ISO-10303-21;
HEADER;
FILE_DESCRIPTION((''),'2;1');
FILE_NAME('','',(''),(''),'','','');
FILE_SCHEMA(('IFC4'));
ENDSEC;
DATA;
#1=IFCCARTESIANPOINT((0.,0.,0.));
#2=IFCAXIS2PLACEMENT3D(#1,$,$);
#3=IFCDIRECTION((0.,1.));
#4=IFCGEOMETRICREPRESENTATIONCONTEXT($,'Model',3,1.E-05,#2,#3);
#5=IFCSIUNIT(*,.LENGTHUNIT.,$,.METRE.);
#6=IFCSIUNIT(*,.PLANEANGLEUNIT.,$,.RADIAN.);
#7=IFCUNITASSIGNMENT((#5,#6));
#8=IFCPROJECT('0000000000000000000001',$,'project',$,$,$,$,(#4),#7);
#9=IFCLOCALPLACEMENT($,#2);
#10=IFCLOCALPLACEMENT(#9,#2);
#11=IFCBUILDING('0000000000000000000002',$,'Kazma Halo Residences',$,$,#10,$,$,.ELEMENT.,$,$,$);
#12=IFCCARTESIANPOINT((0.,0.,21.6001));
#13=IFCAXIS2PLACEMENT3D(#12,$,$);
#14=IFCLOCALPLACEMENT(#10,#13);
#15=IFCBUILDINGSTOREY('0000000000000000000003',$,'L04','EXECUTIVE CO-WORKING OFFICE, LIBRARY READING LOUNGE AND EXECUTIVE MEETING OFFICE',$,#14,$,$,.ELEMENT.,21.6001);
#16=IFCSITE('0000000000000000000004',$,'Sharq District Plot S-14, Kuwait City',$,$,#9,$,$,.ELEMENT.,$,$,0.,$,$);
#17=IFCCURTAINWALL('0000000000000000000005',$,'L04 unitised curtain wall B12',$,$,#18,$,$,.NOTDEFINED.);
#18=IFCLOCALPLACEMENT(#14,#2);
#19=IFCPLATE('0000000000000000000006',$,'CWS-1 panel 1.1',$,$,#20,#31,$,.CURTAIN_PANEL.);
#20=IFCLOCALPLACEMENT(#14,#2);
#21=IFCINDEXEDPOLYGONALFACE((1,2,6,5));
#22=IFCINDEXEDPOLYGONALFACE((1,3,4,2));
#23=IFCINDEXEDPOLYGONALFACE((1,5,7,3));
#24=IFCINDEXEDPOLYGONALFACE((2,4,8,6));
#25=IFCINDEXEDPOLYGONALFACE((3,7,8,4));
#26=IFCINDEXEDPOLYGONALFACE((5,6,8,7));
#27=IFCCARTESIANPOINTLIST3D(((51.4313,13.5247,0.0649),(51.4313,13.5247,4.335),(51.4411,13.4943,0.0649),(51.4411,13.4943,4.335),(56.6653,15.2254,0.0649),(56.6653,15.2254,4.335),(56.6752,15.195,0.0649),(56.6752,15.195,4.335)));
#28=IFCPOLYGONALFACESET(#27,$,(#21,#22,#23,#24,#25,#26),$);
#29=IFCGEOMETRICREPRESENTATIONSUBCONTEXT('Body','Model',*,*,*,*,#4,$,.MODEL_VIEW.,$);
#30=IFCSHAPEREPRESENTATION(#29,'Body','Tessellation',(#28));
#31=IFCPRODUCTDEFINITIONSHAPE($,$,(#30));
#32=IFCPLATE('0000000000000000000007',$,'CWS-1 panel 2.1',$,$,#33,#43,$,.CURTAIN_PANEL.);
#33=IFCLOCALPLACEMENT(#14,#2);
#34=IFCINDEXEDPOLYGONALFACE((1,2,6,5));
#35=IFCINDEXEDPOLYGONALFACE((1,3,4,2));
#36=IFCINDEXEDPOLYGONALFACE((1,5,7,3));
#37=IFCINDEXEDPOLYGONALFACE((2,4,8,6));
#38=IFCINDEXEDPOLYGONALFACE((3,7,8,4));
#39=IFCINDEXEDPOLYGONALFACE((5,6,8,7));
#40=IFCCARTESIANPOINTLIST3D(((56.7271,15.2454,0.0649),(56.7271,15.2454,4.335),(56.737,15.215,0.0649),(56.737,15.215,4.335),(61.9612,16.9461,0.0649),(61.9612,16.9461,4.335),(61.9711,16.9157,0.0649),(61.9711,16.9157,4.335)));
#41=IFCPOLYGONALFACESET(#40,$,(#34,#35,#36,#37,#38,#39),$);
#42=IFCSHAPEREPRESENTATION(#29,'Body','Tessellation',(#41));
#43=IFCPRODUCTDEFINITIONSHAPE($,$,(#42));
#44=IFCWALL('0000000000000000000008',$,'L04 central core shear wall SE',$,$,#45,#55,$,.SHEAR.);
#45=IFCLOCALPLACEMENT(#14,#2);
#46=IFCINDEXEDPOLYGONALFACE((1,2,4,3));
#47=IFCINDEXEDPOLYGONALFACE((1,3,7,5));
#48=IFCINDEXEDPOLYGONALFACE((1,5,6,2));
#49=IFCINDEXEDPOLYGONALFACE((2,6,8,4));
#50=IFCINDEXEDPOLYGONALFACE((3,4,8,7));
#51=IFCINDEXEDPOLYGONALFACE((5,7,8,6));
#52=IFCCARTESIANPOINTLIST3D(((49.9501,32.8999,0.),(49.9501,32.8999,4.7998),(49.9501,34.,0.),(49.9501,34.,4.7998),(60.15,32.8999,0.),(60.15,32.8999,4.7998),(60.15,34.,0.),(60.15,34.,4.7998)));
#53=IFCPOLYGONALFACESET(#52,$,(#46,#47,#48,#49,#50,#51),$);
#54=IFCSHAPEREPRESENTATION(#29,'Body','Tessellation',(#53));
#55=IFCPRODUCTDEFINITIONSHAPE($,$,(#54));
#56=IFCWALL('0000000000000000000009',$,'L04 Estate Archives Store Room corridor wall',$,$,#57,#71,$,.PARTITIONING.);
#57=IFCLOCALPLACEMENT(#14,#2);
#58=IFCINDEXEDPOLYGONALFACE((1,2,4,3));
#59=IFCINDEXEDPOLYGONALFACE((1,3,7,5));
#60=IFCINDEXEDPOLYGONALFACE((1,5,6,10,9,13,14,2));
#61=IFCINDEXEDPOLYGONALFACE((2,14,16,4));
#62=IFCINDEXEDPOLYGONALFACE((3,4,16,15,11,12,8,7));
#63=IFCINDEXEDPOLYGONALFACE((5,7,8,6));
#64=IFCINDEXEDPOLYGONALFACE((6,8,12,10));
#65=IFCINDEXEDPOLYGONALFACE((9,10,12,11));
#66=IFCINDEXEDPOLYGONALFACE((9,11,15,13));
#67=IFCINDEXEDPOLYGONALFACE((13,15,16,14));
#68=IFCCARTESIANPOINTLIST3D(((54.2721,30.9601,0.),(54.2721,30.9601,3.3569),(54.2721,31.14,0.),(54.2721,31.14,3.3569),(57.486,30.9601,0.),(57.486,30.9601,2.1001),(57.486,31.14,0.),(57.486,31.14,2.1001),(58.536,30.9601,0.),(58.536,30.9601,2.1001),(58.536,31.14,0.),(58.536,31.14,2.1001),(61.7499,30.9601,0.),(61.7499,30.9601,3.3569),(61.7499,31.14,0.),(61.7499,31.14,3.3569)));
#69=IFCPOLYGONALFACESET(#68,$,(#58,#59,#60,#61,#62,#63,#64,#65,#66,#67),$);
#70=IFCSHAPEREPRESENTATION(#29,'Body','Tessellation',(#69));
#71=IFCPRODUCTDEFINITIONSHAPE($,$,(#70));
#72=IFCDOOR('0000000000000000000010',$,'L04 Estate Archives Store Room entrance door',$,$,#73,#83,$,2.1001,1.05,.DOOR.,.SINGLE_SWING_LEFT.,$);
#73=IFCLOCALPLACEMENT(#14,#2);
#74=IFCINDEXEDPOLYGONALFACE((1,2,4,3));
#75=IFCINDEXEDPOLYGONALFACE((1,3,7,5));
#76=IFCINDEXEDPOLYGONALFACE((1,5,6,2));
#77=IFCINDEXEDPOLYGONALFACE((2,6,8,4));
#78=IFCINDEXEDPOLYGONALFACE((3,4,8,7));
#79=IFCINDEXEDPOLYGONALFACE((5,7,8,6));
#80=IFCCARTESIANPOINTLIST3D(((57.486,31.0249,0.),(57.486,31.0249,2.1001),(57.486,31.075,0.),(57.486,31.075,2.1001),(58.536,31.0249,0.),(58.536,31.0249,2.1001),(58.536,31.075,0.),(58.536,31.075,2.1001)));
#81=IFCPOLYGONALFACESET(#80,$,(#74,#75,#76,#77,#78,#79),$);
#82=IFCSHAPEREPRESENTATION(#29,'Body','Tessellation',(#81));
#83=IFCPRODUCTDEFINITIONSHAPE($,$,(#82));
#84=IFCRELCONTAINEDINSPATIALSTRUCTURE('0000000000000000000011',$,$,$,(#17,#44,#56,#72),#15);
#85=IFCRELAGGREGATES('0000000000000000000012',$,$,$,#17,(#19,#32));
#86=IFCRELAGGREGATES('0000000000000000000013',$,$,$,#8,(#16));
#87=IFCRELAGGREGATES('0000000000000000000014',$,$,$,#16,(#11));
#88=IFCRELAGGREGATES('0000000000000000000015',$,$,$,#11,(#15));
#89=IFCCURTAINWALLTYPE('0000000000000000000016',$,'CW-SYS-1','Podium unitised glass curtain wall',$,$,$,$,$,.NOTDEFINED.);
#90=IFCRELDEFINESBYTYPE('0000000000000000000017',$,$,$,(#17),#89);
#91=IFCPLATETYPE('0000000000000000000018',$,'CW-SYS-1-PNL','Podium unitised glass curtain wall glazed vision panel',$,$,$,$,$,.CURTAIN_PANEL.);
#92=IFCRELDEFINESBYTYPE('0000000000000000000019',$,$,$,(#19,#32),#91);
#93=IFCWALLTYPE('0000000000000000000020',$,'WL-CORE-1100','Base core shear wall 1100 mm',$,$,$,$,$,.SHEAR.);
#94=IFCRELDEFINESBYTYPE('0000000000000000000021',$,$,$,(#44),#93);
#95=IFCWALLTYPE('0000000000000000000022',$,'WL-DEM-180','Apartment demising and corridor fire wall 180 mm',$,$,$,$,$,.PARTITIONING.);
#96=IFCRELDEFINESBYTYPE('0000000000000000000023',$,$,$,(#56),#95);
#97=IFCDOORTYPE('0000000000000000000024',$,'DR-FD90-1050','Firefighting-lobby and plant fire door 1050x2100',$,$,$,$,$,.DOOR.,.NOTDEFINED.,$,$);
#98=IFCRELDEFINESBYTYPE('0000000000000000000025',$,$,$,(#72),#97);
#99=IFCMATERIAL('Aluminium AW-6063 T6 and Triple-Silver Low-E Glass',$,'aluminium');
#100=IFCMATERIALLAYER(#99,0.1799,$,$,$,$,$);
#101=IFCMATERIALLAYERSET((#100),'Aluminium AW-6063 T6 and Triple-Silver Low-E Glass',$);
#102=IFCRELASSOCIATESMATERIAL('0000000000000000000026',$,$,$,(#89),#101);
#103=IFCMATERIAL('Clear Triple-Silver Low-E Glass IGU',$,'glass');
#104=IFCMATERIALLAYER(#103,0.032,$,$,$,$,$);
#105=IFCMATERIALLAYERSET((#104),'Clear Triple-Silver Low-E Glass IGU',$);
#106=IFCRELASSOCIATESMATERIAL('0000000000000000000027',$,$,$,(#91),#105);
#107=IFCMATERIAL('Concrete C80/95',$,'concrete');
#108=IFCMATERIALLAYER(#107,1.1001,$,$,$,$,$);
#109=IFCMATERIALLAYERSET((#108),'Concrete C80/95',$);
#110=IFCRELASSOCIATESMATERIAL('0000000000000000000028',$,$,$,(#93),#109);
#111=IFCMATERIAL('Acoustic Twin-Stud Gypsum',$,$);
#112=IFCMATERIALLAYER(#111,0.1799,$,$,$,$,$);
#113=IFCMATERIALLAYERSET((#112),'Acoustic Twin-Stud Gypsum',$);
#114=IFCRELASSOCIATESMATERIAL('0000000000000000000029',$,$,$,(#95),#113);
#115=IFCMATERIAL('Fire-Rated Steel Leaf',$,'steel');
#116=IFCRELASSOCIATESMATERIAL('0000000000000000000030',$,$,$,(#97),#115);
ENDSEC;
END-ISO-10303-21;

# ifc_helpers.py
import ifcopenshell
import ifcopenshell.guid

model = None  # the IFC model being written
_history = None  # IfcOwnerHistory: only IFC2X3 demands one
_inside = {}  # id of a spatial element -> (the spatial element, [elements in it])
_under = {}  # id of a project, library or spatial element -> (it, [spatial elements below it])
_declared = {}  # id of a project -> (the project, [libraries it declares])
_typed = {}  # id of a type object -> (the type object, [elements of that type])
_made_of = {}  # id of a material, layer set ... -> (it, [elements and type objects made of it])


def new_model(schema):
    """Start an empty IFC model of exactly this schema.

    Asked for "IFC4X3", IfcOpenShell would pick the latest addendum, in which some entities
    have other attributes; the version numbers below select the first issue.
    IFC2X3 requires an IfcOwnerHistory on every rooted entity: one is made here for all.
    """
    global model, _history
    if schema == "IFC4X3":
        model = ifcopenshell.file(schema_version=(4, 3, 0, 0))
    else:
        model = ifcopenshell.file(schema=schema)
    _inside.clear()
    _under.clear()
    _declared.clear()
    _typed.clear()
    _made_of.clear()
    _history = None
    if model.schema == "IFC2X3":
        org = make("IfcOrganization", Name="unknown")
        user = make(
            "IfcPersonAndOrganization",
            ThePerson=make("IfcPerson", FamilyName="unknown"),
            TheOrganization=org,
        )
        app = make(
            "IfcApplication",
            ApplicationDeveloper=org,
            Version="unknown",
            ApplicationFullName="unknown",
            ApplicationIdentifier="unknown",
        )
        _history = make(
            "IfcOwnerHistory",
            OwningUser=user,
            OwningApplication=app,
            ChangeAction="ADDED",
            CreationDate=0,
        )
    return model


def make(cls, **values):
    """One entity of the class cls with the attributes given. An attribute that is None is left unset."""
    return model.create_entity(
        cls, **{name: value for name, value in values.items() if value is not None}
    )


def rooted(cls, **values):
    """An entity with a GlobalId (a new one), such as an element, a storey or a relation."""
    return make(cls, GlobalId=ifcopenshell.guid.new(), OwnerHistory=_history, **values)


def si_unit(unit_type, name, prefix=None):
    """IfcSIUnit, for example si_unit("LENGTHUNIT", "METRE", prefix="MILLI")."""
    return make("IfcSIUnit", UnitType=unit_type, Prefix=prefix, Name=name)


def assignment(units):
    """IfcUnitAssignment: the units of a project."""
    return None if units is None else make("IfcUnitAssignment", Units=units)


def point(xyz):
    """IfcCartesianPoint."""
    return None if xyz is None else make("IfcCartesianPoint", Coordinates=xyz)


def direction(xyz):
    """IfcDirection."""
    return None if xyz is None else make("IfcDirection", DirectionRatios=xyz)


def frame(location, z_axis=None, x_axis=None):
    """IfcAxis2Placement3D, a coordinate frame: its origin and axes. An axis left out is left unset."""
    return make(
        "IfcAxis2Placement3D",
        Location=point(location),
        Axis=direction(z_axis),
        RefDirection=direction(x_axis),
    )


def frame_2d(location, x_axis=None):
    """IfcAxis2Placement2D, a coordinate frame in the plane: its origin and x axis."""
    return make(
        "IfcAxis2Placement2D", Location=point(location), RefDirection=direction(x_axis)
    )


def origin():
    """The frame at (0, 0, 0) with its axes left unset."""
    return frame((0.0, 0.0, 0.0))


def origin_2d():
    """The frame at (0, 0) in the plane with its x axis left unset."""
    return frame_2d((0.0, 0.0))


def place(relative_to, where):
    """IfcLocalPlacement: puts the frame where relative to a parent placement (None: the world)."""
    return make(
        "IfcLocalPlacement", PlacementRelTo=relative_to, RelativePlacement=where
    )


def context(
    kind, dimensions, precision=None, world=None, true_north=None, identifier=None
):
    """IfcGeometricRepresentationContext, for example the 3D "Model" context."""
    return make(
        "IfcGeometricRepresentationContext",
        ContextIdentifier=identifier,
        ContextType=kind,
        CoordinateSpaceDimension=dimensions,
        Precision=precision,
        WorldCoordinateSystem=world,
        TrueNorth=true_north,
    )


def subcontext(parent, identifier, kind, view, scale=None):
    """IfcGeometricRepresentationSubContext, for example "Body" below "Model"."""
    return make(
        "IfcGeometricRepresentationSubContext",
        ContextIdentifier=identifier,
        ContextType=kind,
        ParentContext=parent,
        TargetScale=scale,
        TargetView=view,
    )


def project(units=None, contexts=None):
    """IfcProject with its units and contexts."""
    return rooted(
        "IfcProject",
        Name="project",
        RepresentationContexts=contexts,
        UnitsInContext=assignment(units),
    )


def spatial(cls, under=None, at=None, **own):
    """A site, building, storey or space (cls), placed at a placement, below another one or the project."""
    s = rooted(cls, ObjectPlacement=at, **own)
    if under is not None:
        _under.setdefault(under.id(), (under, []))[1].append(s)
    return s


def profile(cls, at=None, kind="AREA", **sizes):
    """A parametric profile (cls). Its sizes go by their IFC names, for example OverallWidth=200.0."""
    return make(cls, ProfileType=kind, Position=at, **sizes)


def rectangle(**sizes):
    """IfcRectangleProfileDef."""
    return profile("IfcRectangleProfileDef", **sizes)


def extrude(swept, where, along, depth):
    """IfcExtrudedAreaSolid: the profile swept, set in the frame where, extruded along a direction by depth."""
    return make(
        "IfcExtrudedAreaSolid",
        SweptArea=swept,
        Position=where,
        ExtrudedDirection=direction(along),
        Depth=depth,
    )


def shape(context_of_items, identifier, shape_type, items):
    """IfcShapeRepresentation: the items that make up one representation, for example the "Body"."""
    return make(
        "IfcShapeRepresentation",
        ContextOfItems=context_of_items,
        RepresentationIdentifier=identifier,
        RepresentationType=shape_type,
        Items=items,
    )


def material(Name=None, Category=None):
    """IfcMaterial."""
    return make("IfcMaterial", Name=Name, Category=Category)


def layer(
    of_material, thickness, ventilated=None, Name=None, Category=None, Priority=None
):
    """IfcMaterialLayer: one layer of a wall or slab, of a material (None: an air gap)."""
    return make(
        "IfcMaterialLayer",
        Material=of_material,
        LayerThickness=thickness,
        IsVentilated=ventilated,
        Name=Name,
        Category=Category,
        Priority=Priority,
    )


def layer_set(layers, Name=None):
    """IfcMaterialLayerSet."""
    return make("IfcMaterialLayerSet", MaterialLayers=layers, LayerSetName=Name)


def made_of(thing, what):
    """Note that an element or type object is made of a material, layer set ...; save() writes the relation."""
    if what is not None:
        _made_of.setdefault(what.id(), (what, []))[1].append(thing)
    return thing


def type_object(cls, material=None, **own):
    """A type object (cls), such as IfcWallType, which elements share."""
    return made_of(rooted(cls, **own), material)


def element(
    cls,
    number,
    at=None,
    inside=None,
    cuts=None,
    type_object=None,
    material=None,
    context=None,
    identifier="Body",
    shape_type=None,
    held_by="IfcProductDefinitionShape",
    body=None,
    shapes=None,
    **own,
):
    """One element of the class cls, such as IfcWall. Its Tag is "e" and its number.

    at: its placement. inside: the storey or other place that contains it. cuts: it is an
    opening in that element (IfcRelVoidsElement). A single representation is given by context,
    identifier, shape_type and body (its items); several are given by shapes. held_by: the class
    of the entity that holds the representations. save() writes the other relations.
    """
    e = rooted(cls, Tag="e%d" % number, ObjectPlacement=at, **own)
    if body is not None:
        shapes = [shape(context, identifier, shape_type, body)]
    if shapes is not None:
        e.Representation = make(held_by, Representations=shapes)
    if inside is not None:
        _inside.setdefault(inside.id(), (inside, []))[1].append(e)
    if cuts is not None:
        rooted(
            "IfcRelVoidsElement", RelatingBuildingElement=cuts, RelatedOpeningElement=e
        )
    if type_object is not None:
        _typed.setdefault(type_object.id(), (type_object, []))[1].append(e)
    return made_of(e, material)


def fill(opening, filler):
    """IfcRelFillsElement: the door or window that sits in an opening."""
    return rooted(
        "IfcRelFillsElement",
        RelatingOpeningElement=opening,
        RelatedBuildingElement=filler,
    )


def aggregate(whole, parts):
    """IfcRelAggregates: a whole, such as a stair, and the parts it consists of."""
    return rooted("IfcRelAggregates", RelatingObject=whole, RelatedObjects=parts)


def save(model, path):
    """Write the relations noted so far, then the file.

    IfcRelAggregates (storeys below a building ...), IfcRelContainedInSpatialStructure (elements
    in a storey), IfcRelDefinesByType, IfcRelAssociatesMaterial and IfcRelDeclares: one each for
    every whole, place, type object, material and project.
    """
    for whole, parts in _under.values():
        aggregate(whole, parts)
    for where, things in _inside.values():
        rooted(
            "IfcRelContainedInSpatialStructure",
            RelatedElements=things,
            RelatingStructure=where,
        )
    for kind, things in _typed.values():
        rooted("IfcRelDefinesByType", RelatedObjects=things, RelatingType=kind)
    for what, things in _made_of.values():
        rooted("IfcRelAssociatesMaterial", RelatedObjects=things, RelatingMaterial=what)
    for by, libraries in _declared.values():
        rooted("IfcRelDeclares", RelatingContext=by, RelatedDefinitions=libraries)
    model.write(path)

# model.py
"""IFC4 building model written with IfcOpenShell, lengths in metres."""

from ifc_helpers import new_model, si_unit, direction, frame, frame_2d, origin, origin_2d, place, context, subcontext, project, spatial, rectangle, extrude, material, layer, layer_set, type_object, element, fill, aggregate, save


model = new_model("IFC4")

# Units and contexts
model_context = context("Model", 3, precision=1e-05, world=origin(), true_north=direction((0.0, 1.0)))
body_context = subcontext(model_context, "Body", "Model", "MODEL_VIEW")
ifc_project = project(units=[si_unit("LENGTHUNIT", "METRE"), si_unit("PLANEANGLEUNIT", "RADIAN")], contexts=[model_context])

# Site, building, storey
site_placement = place(None, origin())
site = spatial("IfcSite", under=ifc_project, at=site_placement, Name="Sharq District Plot S-14, Kuwait City", CompositionType="ELEMENT", RefElevation=0.0)
building_placement = place(site_placement, origin())
building = spatial("IfcBuilding", under=site, at=building_placement, Name="Kazma Halo Residences", CompositionType="ELEMENT")
storey_placement = place(building_placement, frame((0.0, 0.0, 21.6001)))
storey = spatial("IfcBuildingStorey", under=building, at=storey_placement, Name="L04", Description="EXECUTIVE CO-WORKING OFFICE, LIBRARY READING LOUNGE AND EXECUTIVE MEETING OFFICE", CompositionType="ELEMENT", Elevation=21.6001)

# Shared definitions
ifc_material_1 = material(Name="Concrete C80/95", Category="concrete")

# Shared definitions
ifc_material_2 = material(Name="Aluminium AW-6063 T6 and Triple-Silver Low-E Glass", Category="aluminium")
ifc_layer_1 = layer(ifc_material_2, 0.1799)
ifc_layer_set_1 = layer_set([ifc_layer_1], Name="Aluminium AW-6063 T6 and Triple-Silver Low-E Glass")
curtain_wall_type = type_object("IfcCurtainWallType", Name="CW-SYS-1", Description="Podium unitised glass curtain wall", PredefinedType="NOTDEFINED", material=ifc_layer_set_1)

# Curtain wall, plates
curtain_wall_1_placement = place(storey_placement, origin())
curtain_wall_1 = element("IfcCurtainWall", 1, at=curtain_wall_1_placement, inside=storey, type_object=curtain_wall_type, Name="L04 unitised curtain wall B12", PredefinedType="NOTDEFINED")
ifc_material_3 = material(Name="Clear Triple-Silver Low-E Glass IGU", Category="glass")
ifc_layer_2 = layer(ifc_material_3, 0.032)
ifc_layer_set_2 = layer_set([ifc_layer_2], Name="Clear Triple-Silver Low-E Glass IGU")
plate_type = type_object("IfcPlateType", Name="CW-SYS-1-PNL", Description="Podium unitised glass curtain wall glazed vision panel", PredefinedType="CURTAIN_PANEL", material=ifc_layer_set_2)
plate_1_placement = place(storey_placement, frame((54.0532, 14.3599, 0.0649), z_axis=(0.0, 0.0, 1.0), x_axis=(0.951056, 0.309017, 0.0)))
plate_1 = element("IfcPlate", 2, at=plate_1_placement, type_object=plate_type, Name="CWS-1 panel 1.1", PredefinedType="CURTAIN_PANEL", context=body_context, shape_type="SweptSolid", body=[
    extrude(rectangle(XDim=5.5034, YDim=0.032, at=origin_2d()), origin(), (0.0, 0.0, 1.0), 4.27),
])
plate_2_placement = place(storey_placement, frame((59.3491, 16.0806, 0.0649), z_axis=(0.0, 0.0, 1.0), x_axis=(0.951056, 0.309017, 0.0)))
plate_2 = element("IfcPlate", 3, at=plate_2_placement, type_object=plate_type, Name="CWS-1 panel 2.1", PredefinedType="CURTAIN_PANEL", context=body_context, shape_type="SweptSolid", body=[
    extrude(rectangle(XDim=5.5034, YDim=0.032, at=origin_2d()), origin(), (0.0, 0.0, 1.0), 4.27),
])
aggregate(curtain_wall_1, [plate_1, plate_2])

# Wall
ifc_layer_3 = layer(ifc_material_1, 1.1001)
ifc_layer_set_3 = layer_set([ifc_layer_3], Name="Concrete C80/95")
wall_type_1 = type_object("IfcWallType", Name="WL-CORE-1100", Description="Base core shear wall 1100 mm", PredefinedType="SHEAR", material=ifc_layer_set_3)
wall_1_placement = place(storey_placement, frame((49.95, 33.45, 0.0), z_axis=(0.0, 0.0, 1.0), x_axis=(1.0, 0.0, 0.0)))
element("IfcWall", 4, at=wall_1_placement, inside=storey, type_object=wall_type_1, Name="L04 central core shear wall SE", PredefinedType="SHEAR", context=body_context, shape_type="SweptSolid", body=[
    extrude(rectangle(XDim=10.2, YDim=1.1001, at=frame_2d((5.1001, 0.0))), origin(), (0.0, 0.0, 1.0), 4.7998),
])

# Wall, opening, door
ifc_material_4 = material(Name="Acoustic Twin-Stud Gypsum")
ifc_layer_4 = layer(ifc_material_4, 0.1799)
ifc_layer_set_4 = layer_set([ifc_layer_4], Name="Acoustic Twin-Stud Gypsum")
wall_type_2 = type_object("IfcWallType", Name="WL-DEM-180", Description="Apartment demising and corridor fire wall 180 mm", PredefinedType="PARTITIONING", material=ifc_layer_set_4)
wall_2_placement = place(storey_placement, frame((54.2722, 31.05, 0.0), z_axis=(0.0, 0.0, 1.0), x_axis=(1.0, 0.0, 0.0)))
wall_2 = element("IfcWall", 5, at=wall_2_placement, inside=storey, type_object=wall_type_2, Name="L04 Estate Archives Store Room corridor wall", PredefinedType="PARTITIONING", context=body_context, shape_type="SweptSolid", body=[
    extrude(rectangle(XDim=7.4778, YDim=0.1799, at=frame_2d((3.7388, 0.0))), origin(), (0.0, 0.0, 1.0), 3.3569),
])
opening_placement = place(wall_2_placement, frame((3.2139, 0.0, 0.0)))
opening = element("IfcOpeningElement", 6, at=opening_placement, cuts=wall_2, PredefinedType="OPENING", context=body_context, shape_type="SweptSolid", body=[
    extrude(rectangle(XDim=1.05, YDim=2.1001, at=frame_2d((0.5249, 1.05))), frame((0.0, 0.0999, 0.0), z_axis=(0.0, -1.0, 0.0), x_axis=(1.0, 0.0, 0.0)), (0.0, 0.0, 1.0), 0.2),
])
ifc_material_5 = material(Name="Fire-Rated Steel Leaf", Category="steel")
door_type = type_object("IfcDoorType", Name="DR-FD90-1050", Description="Firefighting-lobby and plant fire door 1050x2100", OperationType="NOTDEFINED", PredefinedType="DOOR", material=ifc_material_5)
door_placement = place(opening_placement, origin())
door = element("IfcDoor", 7, at=door_placement, inside=storey, type_object=door_type, Name="L04 Estate Archives Store Room entrance door", OperationType="SINGLE_SWING_LEFT", OverallHeight=2.1001, OverallWidth=1.05, PredefinedType="DOOR", context=body_context, shape_type="SweptSolid", body=[
    extrude(rectangle(XDim=1.05, YDim=2.1001, at=frame_2d((0.5249, 1.05))), frame((0.0, 0.0249, 0.0), z_axis=(0.0, -1.0, 0.0), x_axis=(1.0, 0.0, 0.0)), (0.0, 0.0, 1.0), 0.05),
])
fill(opening, door)

save(model, "model.ifc")
